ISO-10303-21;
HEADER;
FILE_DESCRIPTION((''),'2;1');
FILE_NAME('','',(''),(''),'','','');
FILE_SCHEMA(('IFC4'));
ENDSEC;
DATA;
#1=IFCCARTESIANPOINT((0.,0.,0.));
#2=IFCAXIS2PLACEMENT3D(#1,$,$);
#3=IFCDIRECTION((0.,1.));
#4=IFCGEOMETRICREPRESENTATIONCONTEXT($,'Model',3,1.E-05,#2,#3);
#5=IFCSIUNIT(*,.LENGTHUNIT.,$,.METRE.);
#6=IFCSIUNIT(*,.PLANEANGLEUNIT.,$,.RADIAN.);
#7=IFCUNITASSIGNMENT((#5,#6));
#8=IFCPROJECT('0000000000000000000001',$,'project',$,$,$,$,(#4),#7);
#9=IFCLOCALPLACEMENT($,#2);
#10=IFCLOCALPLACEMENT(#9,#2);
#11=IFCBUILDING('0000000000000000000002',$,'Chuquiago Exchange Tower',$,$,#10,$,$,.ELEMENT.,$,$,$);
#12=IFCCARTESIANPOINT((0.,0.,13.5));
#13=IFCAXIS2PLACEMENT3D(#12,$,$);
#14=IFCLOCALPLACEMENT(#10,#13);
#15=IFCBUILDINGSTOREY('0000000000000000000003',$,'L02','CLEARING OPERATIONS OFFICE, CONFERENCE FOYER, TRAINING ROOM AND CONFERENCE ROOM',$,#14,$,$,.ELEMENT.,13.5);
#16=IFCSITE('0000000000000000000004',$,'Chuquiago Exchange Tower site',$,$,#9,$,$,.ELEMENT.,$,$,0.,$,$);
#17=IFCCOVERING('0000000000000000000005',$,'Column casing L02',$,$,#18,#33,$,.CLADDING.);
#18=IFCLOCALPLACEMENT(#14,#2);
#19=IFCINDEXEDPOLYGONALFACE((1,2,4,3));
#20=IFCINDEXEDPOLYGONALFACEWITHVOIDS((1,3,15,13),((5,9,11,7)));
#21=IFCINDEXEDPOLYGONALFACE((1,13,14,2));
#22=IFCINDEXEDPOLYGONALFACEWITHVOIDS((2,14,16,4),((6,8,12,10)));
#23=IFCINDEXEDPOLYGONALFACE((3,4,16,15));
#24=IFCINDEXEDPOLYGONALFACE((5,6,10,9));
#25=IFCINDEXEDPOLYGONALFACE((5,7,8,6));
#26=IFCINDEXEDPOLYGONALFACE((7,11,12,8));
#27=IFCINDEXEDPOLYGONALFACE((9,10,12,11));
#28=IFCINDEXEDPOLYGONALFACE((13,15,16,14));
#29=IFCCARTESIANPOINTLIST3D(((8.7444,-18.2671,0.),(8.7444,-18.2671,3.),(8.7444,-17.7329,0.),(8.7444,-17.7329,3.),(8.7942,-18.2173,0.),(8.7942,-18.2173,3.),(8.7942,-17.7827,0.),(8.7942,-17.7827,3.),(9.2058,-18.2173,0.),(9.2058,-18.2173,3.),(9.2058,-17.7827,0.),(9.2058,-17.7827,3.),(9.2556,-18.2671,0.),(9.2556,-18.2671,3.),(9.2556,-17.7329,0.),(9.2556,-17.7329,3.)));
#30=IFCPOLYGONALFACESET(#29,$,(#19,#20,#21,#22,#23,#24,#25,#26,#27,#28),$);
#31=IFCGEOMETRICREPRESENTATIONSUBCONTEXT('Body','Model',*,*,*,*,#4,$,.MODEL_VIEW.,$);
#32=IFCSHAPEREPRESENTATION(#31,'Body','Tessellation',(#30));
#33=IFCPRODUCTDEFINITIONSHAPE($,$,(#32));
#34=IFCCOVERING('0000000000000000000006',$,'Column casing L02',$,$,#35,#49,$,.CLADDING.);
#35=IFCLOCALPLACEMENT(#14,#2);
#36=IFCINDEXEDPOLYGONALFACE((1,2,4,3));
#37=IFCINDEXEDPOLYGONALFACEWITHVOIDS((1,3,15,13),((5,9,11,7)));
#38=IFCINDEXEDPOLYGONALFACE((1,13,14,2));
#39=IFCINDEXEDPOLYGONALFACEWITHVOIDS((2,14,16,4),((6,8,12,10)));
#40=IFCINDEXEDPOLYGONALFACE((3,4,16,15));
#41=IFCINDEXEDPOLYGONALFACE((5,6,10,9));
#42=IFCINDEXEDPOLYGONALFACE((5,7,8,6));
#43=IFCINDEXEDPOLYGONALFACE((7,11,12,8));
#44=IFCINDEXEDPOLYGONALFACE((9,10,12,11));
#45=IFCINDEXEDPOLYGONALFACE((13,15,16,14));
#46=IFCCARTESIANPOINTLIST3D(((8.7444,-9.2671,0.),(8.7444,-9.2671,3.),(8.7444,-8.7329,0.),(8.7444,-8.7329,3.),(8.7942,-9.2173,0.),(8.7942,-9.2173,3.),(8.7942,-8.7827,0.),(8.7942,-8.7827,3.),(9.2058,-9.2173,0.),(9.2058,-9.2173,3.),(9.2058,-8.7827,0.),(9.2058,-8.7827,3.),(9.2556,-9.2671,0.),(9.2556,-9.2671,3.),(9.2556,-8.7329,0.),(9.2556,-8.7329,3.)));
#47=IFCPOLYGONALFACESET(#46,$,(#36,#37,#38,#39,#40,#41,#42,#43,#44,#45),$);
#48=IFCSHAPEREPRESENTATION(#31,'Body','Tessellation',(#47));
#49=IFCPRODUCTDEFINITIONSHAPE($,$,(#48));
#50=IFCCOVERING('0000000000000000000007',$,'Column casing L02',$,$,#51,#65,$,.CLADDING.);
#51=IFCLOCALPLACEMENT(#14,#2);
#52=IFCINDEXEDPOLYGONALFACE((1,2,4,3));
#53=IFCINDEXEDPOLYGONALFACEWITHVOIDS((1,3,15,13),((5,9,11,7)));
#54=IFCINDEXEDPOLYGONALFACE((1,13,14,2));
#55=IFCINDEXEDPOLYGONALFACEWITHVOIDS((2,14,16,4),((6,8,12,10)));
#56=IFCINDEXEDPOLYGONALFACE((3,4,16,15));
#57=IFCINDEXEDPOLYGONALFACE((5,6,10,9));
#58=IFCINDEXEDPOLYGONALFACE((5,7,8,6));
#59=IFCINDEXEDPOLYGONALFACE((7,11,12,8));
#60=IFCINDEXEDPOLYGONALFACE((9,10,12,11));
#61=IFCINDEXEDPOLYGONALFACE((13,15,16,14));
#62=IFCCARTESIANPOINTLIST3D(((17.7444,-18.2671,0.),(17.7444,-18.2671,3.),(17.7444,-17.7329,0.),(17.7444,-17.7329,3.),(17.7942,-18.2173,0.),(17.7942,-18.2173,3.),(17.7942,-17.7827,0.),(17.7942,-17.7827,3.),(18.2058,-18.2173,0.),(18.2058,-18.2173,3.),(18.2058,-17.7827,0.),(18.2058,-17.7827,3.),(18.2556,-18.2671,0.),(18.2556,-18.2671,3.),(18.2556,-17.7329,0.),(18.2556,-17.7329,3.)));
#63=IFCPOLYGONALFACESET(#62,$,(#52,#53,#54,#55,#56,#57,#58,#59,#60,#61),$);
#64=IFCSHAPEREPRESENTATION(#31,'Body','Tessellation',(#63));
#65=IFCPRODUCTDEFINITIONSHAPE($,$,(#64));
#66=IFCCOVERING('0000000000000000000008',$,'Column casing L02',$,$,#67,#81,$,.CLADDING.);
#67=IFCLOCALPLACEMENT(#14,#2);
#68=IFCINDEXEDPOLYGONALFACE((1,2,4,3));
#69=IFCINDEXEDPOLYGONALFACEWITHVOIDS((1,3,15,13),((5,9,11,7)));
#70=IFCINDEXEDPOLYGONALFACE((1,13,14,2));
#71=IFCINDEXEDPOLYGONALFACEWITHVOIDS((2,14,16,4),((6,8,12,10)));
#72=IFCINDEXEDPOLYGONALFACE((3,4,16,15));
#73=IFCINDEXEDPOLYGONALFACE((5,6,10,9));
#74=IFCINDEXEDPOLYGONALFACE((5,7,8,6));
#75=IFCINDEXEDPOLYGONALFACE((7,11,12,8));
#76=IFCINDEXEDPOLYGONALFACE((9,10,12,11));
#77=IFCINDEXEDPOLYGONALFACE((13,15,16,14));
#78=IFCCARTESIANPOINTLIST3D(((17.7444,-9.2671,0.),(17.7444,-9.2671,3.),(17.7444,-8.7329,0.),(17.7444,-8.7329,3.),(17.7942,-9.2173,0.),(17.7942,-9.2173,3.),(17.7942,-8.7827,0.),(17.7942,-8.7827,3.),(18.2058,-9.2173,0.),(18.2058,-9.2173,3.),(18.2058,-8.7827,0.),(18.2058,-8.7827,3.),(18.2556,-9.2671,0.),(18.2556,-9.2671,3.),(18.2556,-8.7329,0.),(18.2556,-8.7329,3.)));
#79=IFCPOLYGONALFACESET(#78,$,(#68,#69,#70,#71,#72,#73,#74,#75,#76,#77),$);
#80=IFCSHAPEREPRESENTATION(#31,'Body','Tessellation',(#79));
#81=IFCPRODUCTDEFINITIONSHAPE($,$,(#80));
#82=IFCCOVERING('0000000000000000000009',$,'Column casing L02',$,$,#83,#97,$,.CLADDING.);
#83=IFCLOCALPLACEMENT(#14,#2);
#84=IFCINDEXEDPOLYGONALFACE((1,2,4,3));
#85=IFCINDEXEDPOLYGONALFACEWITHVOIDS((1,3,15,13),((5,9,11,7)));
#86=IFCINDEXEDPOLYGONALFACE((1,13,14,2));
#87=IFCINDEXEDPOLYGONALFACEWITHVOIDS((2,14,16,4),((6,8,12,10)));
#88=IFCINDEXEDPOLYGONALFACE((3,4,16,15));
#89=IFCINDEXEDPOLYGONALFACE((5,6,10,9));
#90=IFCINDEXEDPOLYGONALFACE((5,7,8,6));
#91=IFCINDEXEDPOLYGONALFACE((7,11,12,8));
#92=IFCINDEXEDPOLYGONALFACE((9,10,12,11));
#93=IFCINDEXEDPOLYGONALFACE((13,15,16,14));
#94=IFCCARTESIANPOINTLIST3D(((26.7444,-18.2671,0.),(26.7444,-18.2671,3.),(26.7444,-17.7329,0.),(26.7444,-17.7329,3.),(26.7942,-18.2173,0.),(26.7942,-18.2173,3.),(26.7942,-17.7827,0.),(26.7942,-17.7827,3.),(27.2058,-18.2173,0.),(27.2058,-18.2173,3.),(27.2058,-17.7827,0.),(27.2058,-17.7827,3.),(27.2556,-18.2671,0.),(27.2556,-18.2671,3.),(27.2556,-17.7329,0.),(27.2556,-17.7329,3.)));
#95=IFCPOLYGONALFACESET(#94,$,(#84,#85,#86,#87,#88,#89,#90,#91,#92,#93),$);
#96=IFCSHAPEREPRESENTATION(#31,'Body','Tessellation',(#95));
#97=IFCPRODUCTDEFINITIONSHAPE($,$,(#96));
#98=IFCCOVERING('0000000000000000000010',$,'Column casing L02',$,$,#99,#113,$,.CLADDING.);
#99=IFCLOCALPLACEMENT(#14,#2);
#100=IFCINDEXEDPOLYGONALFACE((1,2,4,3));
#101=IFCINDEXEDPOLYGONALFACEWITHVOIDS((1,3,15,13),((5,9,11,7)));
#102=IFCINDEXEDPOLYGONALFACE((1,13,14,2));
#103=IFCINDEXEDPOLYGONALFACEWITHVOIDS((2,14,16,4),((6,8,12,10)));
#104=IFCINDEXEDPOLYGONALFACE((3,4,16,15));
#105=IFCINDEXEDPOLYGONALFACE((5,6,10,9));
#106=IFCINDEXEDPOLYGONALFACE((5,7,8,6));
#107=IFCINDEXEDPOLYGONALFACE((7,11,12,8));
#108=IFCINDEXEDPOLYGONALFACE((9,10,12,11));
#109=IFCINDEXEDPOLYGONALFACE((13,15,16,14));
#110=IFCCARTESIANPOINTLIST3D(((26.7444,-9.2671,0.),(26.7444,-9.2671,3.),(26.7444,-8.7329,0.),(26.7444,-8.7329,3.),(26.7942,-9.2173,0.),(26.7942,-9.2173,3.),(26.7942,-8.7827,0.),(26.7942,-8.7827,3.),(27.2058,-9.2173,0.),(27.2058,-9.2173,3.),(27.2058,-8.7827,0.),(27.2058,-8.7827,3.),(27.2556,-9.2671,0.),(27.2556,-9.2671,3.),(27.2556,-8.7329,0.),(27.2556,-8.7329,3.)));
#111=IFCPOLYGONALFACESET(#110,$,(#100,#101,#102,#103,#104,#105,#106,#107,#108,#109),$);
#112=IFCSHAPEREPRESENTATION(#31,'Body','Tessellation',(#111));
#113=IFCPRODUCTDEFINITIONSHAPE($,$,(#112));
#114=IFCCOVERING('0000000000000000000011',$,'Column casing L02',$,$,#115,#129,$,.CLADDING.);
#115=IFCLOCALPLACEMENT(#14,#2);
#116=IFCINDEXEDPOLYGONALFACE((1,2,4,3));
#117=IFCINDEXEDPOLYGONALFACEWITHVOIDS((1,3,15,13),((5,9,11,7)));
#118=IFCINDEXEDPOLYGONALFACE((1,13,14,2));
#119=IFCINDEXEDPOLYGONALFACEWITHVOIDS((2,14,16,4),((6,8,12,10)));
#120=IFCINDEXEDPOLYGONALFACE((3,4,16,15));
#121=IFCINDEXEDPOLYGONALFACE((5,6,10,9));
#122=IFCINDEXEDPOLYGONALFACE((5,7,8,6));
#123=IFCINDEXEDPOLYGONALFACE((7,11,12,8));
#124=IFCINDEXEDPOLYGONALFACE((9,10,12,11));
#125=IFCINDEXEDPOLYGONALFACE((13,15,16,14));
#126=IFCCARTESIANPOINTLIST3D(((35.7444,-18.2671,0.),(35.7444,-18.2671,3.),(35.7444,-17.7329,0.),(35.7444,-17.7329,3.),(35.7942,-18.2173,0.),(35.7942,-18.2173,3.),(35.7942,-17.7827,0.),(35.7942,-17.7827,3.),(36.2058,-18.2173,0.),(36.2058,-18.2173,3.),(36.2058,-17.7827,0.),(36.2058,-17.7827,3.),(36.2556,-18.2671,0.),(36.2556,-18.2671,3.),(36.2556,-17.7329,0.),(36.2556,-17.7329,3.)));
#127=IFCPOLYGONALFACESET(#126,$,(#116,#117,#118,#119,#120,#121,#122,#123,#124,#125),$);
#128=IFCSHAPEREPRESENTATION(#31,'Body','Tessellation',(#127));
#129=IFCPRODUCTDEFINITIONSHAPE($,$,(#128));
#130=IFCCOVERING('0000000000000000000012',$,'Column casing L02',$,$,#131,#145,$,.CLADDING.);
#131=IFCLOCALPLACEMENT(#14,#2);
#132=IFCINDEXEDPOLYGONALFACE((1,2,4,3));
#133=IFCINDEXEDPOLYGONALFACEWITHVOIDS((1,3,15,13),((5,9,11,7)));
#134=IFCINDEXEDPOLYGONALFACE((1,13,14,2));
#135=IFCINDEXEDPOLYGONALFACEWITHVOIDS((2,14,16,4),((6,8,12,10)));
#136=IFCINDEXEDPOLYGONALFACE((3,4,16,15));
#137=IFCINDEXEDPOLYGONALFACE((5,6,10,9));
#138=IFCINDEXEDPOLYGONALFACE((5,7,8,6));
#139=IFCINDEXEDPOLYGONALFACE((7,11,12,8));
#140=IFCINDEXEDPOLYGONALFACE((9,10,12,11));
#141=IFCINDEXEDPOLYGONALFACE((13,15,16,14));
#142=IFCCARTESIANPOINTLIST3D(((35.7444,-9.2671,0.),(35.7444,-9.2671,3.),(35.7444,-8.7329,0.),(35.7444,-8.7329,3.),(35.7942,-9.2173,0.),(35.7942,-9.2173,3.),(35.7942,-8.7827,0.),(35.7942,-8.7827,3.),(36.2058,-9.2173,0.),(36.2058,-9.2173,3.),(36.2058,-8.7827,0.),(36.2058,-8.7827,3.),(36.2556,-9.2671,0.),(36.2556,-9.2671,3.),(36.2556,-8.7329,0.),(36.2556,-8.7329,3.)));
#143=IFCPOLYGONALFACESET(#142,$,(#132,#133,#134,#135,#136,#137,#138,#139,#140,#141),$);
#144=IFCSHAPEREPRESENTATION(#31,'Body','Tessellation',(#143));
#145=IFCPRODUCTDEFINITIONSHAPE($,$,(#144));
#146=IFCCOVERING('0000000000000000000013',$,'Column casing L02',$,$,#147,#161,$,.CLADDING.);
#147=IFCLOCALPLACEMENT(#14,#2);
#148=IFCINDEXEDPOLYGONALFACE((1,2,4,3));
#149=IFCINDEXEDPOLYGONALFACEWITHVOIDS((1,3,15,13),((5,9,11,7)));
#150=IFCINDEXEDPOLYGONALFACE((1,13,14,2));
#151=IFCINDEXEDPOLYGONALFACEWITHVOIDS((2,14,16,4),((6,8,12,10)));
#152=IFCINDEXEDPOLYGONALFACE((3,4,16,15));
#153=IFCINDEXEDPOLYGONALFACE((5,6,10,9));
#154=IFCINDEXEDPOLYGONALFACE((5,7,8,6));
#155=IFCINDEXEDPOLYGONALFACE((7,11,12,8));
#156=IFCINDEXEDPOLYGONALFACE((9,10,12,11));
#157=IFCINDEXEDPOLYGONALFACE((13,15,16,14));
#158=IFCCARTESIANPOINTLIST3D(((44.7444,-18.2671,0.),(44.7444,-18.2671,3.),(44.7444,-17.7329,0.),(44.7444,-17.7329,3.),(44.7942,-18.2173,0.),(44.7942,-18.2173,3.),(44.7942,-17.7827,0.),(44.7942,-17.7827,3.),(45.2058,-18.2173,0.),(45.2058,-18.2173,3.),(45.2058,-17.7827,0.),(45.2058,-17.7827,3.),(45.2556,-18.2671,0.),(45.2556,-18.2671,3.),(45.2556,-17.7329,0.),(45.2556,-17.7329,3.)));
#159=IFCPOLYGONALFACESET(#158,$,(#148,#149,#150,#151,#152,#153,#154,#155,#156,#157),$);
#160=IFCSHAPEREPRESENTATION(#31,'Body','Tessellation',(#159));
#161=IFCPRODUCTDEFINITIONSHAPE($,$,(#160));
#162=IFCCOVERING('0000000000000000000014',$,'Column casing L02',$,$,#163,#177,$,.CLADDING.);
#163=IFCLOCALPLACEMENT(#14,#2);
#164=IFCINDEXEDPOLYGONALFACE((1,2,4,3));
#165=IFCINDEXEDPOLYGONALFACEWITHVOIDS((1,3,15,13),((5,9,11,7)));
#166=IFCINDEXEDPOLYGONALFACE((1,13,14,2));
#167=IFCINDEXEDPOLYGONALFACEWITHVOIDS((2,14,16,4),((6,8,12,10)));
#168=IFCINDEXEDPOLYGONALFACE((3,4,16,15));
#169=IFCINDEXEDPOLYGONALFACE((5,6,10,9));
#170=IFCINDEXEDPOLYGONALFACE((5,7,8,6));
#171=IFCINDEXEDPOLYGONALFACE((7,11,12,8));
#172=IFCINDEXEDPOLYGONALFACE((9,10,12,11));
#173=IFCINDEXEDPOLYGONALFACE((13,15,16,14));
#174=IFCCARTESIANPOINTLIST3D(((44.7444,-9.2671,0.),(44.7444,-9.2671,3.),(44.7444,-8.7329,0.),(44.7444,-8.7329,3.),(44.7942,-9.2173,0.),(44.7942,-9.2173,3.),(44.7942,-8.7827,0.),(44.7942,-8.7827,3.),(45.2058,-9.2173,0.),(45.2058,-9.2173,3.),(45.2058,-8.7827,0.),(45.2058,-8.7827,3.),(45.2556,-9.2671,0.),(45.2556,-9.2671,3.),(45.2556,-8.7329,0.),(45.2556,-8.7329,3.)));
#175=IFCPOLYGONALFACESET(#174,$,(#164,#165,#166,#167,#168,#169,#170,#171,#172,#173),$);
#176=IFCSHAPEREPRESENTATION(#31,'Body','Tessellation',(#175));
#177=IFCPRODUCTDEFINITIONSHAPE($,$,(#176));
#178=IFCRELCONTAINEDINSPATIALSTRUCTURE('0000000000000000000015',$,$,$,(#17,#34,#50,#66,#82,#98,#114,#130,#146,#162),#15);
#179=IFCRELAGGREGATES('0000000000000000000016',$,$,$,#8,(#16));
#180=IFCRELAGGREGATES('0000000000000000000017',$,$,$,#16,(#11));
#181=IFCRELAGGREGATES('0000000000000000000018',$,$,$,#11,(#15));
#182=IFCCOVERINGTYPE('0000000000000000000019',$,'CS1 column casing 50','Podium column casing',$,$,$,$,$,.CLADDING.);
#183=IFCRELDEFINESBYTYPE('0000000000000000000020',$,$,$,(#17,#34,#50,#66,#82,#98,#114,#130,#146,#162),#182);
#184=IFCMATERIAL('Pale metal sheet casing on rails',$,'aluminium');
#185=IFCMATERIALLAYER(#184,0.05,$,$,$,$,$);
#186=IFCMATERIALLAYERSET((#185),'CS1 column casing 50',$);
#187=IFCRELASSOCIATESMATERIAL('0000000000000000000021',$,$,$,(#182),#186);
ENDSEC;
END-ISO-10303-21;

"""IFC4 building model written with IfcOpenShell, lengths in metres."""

from ifc_helpers import new_model, si_unit, direction, frame, origin, place, context, subcontext, project, spatial, polyline, outline, extrude, material, layer, layer_set, type_object, element, save


model = new_model("IFC4")

# Units and contexts
model_context = context("Model", 3, precision=1e-05, world=origin(), true_north=direction((0.0, 1.0)))
body_context = subcontext(model_context, "Body", "Model", "MODEL_VIEW")
ifc_project = project(units=[si_unit("LENGTHUNIT", "METRE"), si_unit("PLANEANGLEUNIT", "RADIAN")], contexts=[model_context])

# Site, building, storey
site_placement = place(None, origin())
site = spatial("IfcSite", under=ifc_project, at=site_placement, Name="Chuquiago Exchange Tower site", CompositionType="ELEMENT", RefElevation=0.0)
building_placement = place(site_placement, origin())
building = spatial("IfcBuilding", under=site, at=building_placement, Name="Chuquiago Exchange Tower", CompositionType="ELEMENT")
storey_placement = place(building_placement, frame((0.0, 0.0, 13.5)))
storey = spatial("IfcBuildingStorey", under=building, at=storey_placement, Name="L02", Description="CLEARING OPERATIONS OFFICE, CONFERENCE FOYER, TRAINING ROOM AND CONFERENCE ROOM", CompositionType="ELEMENT", Elevation=13.5)

# Coverings
ifc_material_1 = material(Name="Pale metal sheet casing on rails", Category="aluminium")
ifc_layer = layer(ifc_material_1, 0.05)
ifc_layer_set = layer_set([ifc_layer], Name="CS1 column casing 50")
covering_type = type_object("IfcCoveringType", Name="CS1 column casing 50", Description="Podium column casing", PredefinedType="CLADDING", material=ifc_layer_set)
covering_1_placement = place(storey_placement, origin())
element("IfcCovering", 1, at=covering_1_placement, inside=storey, type_object=covering_type, Name="Column casing L02", PredefinedType="CLADDING", context=body_context, shape_type="SweptSolid", body=[
    extrude(outline(polyline([(8.7444, -18.2671), (9.2556, -18.2671), (9.2556, -17.7329), (8.7444, -17.7329), (8.7444, -18.2671)]), holes=[polyline([(8.7942, -18.2173), (8.7942, -17.7827), (9.2058, -17.7827), (9.2058, -18.2173), (8.7942, -18.2173)])]), origin(), (0.0, 0.0, 1.0), 3.0),
])
covering_2_placement = place(storey_placement, origin())
element("IfcCovering", 2, at=covering_2_placement, inside=storey, type_object=covering_type, Name="Column casing L02", PredefinedType="CLADDING", context=body_context, shape_type="SweptSolid", body=[
    extrude(outline(polyline([(8.7444, -9.2671), (9.2556, -9.2671), (9.2556, -8.7329), (8.7444, -8.7329), (8.7444, -9.2671)]), holes=[polyline([(8.7942, -9.2173), (8.7942, -8.7827), (9.2058, -8.7827), (9.2058, -9.2173), (8.7942, -9.2173)])]), origin(), (0.0, 0.0, 1.0), 3.0),
])
covering_3_placement = place(storey_placement, origin())
element("IfcCovering", 3, at=covering_3_placement, inside=storey, type_object=covering_type, Name="Column casing L02", PredefinedType="CLADDING", context=body_context, shape_type="SweptSolid", body=[
    extrude(outline(polyline([(17.7444, -18.2671), (18.2556, -18.2671), (18.2556, -17.7329), (17.7444, -17.7329), (17.7444, -18.2671)]), holes=[polyline([(17.7942, -18.2173), (17.7942, -17.7827), (18.2058, -17.7827), (18.2058, -18.2173), (17.7942, -18.2173)])]), origin(), (0.0, 0.0, 1.0), 3.0),
])
covering_4_placement = place(storey_placement, origin())
element("IfcCovering", 4, at=covering_4_placement, inside=storey, type_object=covering_type, Name="Column casing L02", PredefinedType="CLADDING", context=body_context, shape_type="SweptSolid", body=[
    extrude(outline(polyline([(17.7444, -9.2671), (18.2556, -9.2671), (18.2556, -8.7329), (17.7444, -8.7329), (17.7444, -9.2671)]), holes=[polyline([(17.7942, -9.2173), (17.7942, -8.7827), (18.2058, -8.7827), (18.2058, -9.2173), (17.7942, -9.2173)])]), origin(), (0.0, 0.0, 1.0), 3.0),
])
covering_5_placement = place(storey_placement, origin())
element("IfcCovering", 5, at=covering_5_placement, inside=storey, type_object=covering_type, Name="Column casing L02", PredefinedType="CLADDING", context=body_context, shape_type="SweptSolid", body=[
    extrude(outline(polyline([(26.7444, -18.2671), (27.2556, -18.2671), (27.2556, -17.7329), (26.7444, -17.7329), (26.7444, -18.2671)]), holes=[polyline([(26.7942, -18.2173), (26.7942, -17.7827), (27.2058, -17.7827), (27.2058, -18.2173), (26.7942, -18.2173)])]), origin(), (0.0, 0.0, 1.0), 3.0),
])
covering_6_placement = place(storey_placement, origin())
element("IfcCovering", 6, at=covering_6_placement, inside=storey, type_object=covering_type, Name="Column casing L02", PredefinedType="CLADDING", context=body_context, shape_type="SweptSolid", body=[
    extrude(outline(polyline([(26.7444, -9.2671), (27.2556, -9.2671), (27.2556, -8.7329), (26.7444, -8.7329), (26.7444, -9.2671)]), holes=[polyline([(26.7942, -9.2173), (26.7942, -8.7827), (27.2058, -8.7827), (27.2058, -9.2173), (26.7942, -9.2173)])]), origin(), (0.0, 0.0, 1.0), 3.0),
])
covering_7_placement = place(storey_placement, origin())
element("IfcCovering", 7, at=covering_7_placement, inside=storey, type_object=covering_type, Name="Column casing L02", PredefinedType="CLADDING", context=body_context, shape_type="SweptSolid", body=[
    extrude(outline(polyline([(35.7444, -18.2671), (36.2556, -18.2671), (36.2556, -17.7329), (35.7444, -17.7329), (35.7444, -18.2671)]), holes=[polyline([(35.7942, -18.2173), (35.7942, -17.7827), (36.2058, -17.7827), (36.2058, -18.2173), (35.7942, -18.2173)])]), origin(), (0.0, 0.0, 1.0), 3.0),
])
covering_8_placement = place(storey_placement, origin())
element("IfcCovering", 8, at=covering_8_placement, inside=storey, type_object=covering_type, Name="Column casing L02", PredefinedType="CLADDING", context=body_context, shape_type="SweptSolid", body=[
    extrude(outline(polyline([(35.7444, -9.2671), (36.2556, -9.2671), (36.2556, -8.7329), (35.7444, -8.7329), (35.7444, -9.2671)]), holes=[polyline([(35.7942, -9.2173), (35.7942, -8.7827), (36.2058, -8.7827), (36.2058, -9.2173), (35.7942, -9.2173)])]), origin(), (0.0, 0.0, 1.0), 3.0),
])
covering_9_placement = place(storey_placement, origin())
element("IfcCovering", 9, at=covering_9_placement, inside=storey, type_object=covering_type, Name="Column casing L02", PredefinedType="CLADDING", context=body_context, shape_type="SweptSolid", body=[
    extrude(outline(polyline([(44.7444, -18.2671), (45.2556, -18.2671), (45.2556, -17.7329), (44.7444, -17.7329), (44.7444, -18.2671)]), holes=[polyline([(44.7942, -18.2173), (44.7942, -17.7827), (45.2058, -17.7827), (45.2058, -18.2173), (44.7942, -18.2173)])]), origin(), (0.0, 0.0, 1.0), 3.0),
])
covering_10_placement = place(storey_placement, origin())
element("IfcCovering", 10, at=covering_10_placement, inside=storey, type_object=covering_type, Name="Column casing L02", PredefinedType="CLADDING", context=body_context, shape_type="SweptSolid", body=[
    extrude(outline(polyline([(44.7444, -9.2671), (45.2556, -9.2671), (45.2556, -8.7329), (44.7444, -8.7329), (44.7444, -9.2671)]), holes=[polyline([(44.7942, -9.2173), (44.7942, -8.7827), (45.2058, -8.7827), (45.2058, -9.2173), (44.7942, -9.2173)])]), origin(), (0.0, 0.0, 1.0), 3.0),
])

save(model, "model.ifc")
